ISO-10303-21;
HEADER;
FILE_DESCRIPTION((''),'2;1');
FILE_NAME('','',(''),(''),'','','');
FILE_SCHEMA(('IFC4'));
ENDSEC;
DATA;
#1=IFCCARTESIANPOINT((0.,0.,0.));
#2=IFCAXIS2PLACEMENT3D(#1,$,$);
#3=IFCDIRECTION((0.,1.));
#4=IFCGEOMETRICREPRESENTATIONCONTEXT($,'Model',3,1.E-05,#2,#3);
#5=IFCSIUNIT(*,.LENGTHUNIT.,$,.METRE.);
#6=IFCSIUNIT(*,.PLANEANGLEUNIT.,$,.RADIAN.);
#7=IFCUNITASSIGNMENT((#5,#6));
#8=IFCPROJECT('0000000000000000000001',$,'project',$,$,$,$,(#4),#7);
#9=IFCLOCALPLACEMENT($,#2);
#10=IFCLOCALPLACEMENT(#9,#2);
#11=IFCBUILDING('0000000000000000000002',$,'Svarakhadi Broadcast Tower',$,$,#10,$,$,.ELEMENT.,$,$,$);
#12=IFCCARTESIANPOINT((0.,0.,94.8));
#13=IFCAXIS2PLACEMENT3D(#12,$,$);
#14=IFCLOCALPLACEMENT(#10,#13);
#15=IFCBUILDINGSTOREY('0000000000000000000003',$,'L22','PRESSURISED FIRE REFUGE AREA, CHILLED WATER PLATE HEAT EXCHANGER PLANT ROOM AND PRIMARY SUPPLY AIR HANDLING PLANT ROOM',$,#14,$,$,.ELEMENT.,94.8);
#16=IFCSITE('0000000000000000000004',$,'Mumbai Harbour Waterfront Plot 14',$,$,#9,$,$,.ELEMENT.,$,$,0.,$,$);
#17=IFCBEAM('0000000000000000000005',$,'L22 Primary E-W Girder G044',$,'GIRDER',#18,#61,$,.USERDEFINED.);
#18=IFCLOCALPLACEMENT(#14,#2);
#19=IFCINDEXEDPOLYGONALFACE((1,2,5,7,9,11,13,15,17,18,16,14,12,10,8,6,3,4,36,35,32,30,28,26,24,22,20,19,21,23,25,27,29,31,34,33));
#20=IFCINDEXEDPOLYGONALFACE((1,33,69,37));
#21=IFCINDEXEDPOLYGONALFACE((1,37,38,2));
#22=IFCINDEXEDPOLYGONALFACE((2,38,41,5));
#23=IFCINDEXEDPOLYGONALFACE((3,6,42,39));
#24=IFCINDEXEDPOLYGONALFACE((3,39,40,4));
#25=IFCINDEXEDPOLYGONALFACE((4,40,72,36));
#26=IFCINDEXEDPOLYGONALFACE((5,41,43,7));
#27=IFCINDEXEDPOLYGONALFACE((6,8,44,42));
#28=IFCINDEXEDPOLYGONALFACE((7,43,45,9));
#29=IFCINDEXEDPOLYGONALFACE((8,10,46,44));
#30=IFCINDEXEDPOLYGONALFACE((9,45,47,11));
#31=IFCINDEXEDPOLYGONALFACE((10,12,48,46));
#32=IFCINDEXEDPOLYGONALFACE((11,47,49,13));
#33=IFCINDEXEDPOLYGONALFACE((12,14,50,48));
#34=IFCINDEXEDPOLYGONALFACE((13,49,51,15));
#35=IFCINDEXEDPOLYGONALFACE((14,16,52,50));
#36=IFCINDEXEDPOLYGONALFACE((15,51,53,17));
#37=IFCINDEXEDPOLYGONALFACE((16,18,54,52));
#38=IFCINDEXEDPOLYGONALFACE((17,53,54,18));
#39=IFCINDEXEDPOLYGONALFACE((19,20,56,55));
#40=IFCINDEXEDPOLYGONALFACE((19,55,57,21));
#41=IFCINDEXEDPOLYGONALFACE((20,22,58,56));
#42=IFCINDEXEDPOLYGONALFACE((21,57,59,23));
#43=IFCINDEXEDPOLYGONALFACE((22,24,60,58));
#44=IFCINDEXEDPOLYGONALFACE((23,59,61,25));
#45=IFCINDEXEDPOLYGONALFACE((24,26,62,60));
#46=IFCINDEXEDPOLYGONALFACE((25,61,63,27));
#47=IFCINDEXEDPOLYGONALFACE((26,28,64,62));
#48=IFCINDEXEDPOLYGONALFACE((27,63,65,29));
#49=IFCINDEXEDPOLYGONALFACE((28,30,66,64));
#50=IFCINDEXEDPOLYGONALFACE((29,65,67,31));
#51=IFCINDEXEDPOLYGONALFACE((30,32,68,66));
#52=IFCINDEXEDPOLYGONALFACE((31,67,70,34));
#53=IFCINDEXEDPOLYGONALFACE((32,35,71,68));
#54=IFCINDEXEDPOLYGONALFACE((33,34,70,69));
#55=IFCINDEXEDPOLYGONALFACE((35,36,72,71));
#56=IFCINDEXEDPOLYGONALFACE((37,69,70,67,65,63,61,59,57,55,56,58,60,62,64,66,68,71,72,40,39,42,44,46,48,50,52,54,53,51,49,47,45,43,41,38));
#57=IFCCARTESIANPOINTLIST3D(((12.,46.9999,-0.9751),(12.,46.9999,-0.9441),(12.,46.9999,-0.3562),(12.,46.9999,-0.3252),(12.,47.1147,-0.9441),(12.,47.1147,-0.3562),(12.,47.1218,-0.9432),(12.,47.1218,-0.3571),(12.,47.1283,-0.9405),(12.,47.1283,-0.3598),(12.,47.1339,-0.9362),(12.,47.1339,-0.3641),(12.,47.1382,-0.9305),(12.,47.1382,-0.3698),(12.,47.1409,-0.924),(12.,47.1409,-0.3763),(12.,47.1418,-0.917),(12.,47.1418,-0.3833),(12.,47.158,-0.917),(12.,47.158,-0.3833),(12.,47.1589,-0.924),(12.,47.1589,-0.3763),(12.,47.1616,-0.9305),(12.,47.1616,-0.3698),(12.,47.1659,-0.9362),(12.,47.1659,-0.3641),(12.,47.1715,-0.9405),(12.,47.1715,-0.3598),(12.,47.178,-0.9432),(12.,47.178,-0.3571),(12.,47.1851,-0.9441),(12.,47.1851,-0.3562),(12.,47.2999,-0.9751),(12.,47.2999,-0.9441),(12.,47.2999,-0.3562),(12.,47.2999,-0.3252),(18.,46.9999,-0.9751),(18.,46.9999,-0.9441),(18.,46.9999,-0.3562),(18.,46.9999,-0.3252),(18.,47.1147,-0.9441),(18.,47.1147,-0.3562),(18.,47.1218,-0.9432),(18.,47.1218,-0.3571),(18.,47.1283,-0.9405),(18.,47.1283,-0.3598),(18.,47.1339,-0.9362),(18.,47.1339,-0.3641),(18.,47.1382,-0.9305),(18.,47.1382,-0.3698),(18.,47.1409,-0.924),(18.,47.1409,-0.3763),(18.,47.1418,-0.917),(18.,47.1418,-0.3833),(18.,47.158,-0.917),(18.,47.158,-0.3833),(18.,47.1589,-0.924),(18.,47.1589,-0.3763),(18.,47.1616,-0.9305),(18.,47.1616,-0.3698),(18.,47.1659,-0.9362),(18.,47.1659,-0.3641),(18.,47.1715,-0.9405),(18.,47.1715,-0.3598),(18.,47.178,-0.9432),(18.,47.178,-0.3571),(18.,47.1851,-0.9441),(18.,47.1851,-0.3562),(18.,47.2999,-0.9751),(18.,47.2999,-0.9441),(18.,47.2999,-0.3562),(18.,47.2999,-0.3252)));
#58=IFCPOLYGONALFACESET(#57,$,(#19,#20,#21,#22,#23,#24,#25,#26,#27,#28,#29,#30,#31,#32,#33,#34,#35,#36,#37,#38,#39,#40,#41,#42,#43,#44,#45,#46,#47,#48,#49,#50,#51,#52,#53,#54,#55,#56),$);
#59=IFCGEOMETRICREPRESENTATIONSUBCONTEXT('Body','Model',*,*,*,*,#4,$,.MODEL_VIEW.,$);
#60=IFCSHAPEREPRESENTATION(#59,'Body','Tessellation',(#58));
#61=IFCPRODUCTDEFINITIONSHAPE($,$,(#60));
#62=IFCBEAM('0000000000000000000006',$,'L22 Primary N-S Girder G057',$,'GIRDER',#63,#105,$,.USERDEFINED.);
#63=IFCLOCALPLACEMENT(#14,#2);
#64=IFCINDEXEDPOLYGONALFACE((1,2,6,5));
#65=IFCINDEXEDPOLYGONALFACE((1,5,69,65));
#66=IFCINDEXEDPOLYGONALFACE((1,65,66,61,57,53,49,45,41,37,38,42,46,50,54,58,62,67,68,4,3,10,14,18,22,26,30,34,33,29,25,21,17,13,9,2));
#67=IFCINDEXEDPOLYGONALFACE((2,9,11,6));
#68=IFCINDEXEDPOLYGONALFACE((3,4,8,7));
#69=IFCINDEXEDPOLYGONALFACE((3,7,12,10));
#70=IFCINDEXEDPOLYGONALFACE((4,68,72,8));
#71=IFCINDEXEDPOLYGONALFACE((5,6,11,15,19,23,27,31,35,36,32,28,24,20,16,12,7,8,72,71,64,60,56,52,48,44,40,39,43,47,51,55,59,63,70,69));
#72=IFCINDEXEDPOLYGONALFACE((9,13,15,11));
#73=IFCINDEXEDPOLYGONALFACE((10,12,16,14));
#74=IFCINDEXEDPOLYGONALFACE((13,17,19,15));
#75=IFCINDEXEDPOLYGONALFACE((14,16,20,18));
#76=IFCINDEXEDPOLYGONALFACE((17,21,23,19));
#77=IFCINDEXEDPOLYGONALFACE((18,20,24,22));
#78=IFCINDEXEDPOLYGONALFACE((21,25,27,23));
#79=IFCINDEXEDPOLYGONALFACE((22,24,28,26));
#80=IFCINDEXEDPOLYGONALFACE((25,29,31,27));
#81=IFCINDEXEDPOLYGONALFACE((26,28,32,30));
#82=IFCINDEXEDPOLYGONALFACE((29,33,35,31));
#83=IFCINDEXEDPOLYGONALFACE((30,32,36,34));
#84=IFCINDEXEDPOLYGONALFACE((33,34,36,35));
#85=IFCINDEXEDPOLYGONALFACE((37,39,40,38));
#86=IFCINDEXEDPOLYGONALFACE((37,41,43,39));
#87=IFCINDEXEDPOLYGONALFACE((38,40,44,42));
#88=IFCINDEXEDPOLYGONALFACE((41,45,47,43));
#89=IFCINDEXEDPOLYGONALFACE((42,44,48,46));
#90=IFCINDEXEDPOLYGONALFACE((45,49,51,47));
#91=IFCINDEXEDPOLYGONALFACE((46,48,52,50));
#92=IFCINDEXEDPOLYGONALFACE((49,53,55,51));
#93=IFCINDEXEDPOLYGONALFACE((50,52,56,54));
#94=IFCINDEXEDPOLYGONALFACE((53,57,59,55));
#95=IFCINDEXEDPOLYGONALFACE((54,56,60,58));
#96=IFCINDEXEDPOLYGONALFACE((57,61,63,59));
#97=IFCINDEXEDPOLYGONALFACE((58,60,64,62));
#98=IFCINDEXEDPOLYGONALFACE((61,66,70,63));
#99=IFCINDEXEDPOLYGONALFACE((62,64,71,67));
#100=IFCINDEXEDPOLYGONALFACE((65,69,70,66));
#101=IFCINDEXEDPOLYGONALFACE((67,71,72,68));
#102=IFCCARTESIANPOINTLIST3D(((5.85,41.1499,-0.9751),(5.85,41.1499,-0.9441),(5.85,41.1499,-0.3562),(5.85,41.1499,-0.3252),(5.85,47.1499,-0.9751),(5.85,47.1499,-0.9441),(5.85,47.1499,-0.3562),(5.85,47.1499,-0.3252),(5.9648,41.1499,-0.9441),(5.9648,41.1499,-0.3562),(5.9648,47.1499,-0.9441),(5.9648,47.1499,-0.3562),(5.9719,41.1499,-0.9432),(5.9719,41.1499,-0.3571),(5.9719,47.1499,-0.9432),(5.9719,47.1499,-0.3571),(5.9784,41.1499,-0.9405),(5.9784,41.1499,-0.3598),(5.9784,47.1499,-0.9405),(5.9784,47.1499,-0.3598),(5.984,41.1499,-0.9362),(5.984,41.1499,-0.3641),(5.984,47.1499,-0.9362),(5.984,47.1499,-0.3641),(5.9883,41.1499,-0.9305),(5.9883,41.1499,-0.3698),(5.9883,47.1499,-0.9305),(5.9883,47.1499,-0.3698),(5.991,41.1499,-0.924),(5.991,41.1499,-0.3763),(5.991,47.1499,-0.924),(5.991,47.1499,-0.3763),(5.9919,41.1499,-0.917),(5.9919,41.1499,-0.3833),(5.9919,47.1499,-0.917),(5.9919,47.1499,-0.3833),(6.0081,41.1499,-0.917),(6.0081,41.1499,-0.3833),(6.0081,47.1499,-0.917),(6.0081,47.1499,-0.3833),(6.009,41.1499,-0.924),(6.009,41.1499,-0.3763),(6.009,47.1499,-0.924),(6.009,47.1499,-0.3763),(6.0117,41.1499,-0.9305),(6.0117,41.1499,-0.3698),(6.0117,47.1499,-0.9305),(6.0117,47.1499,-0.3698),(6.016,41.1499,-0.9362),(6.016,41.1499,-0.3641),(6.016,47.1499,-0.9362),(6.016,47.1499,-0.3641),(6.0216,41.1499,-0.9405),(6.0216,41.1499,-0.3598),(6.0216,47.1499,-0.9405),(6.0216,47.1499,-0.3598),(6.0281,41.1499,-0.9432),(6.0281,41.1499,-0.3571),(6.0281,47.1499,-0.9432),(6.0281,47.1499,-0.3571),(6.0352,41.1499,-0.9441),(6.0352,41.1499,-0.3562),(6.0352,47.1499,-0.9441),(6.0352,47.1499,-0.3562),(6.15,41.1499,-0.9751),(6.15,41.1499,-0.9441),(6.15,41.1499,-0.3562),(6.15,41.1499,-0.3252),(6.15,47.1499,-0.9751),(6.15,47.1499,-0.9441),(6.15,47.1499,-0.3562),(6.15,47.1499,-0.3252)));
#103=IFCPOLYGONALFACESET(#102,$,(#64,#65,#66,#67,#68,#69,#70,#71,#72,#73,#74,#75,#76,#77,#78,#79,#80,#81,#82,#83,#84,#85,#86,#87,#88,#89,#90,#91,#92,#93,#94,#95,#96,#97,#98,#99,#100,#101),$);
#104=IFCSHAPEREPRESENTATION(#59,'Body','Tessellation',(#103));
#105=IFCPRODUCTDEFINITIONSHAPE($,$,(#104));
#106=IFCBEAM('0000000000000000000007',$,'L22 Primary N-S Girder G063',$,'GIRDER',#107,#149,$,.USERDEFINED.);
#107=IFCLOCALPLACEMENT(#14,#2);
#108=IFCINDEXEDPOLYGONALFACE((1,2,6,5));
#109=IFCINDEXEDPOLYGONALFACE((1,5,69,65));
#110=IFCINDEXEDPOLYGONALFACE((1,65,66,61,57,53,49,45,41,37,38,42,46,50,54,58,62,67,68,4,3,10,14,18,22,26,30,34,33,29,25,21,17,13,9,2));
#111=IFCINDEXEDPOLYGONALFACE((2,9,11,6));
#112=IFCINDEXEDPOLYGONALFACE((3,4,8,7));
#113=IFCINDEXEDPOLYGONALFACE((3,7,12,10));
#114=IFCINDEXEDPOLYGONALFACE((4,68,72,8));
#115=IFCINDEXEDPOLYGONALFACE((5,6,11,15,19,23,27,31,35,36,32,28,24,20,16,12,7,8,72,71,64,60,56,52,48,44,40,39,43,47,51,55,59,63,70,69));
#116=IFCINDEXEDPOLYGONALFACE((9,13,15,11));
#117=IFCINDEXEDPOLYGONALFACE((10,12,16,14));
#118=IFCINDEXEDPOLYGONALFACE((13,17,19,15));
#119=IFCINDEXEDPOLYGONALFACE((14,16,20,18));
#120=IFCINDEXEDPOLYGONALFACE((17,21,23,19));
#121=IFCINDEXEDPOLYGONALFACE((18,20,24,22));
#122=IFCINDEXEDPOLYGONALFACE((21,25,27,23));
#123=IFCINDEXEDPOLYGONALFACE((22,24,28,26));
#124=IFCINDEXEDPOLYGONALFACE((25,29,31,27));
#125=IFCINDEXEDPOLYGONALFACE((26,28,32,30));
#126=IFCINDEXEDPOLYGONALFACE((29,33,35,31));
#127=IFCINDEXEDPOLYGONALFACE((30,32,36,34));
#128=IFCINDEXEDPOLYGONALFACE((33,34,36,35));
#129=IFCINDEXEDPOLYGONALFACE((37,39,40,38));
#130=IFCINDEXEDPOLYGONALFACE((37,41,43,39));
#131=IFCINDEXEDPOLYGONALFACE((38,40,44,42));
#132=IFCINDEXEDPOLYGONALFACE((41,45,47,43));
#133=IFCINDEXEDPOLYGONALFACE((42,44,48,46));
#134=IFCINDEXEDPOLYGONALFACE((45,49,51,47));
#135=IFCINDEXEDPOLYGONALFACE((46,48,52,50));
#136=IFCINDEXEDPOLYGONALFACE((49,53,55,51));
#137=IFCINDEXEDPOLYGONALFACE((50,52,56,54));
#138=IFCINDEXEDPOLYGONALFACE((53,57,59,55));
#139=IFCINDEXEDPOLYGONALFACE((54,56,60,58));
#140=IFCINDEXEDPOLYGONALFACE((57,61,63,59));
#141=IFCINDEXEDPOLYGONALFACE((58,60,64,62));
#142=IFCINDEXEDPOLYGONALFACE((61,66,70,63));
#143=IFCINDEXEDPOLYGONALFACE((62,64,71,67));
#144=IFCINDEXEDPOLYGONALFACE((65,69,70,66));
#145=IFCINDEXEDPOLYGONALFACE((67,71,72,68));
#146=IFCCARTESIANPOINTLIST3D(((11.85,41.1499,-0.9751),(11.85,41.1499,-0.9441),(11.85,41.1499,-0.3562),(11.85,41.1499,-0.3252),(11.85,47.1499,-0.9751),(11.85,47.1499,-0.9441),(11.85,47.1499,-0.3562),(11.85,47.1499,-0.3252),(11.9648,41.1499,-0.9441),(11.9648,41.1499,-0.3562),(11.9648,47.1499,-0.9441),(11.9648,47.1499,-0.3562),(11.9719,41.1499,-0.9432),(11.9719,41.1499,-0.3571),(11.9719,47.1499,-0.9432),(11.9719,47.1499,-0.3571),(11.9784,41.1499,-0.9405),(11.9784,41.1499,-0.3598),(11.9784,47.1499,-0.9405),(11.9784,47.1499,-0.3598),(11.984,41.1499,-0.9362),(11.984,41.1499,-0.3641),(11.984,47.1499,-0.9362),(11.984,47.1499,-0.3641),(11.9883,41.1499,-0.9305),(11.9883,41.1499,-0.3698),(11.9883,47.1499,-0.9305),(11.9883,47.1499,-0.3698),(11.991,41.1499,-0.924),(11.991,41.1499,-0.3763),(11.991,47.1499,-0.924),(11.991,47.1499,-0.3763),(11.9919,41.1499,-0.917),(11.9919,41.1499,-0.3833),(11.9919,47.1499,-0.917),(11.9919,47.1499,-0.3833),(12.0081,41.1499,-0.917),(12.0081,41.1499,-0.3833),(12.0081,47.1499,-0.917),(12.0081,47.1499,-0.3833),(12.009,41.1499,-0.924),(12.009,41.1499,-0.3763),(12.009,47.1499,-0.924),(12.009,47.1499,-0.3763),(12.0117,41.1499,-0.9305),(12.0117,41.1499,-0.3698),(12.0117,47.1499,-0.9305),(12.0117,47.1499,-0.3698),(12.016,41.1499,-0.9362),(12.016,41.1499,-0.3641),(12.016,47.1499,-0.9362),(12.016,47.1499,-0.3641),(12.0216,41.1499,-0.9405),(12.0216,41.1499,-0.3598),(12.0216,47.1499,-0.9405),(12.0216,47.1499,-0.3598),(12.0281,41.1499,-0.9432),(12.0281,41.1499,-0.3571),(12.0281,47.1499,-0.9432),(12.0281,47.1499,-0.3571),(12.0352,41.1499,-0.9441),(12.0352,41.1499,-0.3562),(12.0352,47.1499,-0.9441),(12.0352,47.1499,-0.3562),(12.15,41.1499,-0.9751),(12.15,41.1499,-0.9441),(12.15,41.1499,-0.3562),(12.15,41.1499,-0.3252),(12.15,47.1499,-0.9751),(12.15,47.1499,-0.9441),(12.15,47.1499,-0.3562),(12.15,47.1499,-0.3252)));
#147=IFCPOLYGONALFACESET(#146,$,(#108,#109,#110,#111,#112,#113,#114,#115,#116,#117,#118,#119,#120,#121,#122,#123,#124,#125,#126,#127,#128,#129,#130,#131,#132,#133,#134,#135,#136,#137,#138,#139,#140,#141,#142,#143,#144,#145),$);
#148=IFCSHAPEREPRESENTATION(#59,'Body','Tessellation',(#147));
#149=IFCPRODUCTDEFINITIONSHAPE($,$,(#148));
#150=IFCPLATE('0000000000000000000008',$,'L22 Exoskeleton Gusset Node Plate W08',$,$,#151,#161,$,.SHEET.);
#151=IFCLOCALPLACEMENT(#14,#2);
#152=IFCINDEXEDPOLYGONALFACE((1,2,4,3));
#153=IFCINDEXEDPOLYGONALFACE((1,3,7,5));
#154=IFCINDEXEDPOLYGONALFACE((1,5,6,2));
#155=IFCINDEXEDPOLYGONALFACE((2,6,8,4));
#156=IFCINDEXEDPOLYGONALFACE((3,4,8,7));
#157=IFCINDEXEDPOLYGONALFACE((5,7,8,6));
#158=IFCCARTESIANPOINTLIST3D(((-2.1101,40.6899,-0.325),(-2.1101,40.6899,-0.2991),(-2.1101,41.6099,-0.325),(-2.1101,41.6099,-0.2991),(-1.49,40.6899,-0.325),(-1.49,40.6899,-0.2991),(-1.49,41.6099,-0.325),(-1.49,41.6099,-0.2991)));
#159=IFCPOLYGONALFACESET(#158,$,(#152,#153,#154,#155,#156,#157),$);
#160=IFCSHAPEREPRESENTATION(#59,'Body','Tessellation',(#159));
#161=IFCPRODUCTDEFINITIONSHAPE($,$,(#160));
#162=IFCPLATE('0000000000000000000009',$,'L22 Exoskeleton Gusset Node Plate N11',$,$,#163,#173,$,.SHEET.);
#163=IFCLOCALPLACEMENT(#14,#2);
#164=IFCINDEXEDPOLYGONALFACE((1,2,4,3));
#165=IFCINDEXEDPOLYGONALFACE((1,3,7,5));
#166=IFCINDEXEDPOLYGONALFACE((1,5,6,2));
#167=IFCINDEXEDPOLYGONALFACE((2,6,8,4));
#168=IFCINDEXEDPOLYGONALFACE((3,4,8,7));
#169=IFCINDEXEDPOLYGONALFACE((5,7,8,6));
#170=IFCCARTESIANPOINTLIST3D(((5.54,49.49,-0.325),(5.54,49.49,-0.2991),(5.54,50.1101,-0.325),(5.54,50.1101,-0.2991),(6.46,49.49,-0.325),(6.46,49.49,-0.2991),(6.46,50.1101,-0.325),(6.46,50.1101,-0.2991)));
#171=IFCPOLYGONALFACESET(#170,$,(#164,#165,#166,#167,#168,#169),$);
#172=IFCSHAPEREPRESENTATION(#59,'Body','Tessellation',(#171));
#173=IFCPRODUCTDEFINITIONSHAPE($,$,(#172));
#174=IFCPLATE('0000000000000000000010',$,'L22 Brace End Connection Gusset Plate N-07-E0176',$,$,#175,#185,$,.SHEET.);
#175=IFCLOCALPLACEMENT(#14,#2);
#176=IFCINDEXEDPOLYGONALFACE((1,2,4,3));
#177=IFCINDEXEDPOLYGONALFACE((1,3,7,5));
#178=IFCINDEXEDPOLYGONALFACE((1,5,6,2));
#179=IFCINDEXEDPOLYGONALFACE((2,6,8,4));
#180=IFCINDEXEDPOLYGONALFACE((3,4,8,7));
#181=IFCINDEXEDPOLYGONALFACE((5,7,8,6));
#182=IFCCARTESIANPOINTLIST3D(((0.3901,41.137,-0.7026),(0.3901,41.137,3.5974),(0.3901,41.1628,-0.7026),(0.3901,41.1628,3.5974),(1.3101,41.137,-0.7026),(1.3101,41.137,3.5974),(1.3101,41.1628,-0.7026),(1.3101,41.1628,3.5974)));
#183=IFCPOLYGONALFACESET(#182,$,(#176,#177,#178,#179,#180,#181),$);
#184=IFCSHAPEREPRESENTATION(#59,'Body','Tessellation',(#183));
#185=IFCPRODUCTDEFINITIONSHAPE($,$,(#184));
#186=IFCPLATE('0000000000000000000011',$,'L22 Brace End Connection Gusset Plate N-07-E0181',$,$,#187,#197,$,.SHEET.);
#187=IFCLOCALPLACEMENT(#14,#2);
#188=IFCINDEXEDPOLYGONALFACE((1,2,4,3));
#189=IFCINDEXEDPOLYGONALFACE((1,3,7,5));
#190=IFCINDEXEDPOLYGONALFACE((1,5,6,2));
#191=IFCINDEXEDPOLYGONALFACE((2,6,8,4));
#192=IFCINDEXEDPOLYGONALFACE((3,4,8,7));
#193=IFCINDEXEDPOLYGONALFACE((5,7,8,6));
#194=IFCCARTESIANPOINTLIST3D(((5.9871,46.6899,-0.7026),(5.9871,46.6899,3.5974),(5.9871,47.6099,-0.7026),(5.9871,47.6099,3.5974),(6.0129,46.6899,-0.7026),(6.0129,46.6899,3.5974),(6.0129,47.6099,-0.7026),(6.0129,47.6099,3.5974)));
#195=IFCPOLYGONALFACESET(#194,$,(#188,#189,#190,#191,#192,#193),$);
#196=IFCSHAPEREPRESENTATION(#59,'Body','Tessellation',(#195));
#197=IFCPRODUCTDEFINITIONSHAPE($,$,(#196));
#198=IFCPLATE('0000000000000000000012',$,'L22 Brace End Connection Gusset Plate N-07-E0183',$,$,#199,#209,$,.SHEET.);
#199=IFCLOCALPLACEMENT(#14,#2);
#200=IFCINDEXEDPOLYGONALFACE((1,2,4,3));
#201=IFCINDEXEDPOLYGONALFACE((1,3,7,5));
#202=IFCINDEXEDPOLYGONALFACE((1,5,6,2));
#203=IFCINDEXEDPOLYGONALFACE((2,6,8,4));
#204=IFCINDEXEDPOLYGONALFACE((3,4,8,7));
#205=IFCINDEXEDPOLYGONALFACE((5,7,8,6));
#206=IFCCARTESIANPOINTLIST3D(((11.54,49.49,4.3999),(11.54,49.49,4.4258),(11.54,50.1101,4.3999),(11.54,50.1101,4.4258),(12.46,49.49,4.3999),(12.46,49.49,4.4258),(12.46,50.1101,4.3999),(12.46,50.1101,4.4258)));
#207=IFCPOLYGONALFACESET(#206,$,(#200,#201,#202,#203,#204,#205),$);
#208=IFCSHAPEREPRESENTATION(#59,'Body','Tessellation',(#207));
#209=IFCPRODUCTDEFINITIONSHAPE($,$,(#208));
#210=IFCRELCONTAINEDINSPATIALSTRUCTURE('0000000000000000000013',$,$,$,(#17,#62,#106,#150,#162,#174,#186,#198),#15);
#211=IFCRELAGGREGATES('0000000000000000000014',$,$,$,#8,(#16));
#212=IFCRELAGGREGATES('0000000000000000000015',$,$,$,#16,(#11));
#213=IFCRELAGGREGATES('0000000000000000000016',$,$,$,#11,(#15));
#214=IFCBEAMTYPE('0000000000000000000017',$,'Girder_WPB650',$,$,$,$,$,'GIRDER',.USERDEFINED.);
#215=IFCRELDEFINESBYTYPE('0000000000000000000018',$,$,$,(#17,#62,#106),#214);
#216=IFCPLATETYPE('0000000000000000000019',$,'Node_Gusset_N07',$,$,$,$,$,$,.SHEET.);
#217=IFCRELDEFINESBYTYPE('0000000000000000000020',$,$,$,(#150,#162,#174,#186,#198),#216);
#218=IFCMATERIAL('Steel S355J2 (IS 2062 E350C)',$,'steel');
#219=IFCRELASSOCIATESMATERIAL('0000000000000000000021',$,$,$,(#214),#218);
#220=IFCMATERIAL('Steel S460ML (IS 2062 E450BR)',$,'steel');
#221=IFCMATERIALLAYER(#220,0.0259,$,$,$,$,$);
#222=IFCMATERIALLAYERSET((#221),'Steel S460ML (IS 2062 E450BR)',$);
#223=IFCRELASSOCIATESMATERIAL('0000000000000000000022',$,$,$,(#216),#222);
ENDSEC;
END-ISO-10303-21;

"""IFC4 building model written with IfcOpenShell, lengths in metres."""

from ifc_helpers import new_model, si_unit, direction, frame, origin, origin_2d, place, context, subcontext, project, spatial, rectangle, i_section, extrude, material, layer, layer_set, material_profile, profile_set, type_object, element, save


model = new_model("IFC4")

# Units and contexts
model_context = context("Model", 3, precision=1e-05, world=origin(), true_north=direction((0.0, 1.0)))
body_context = subcontext(model_context, "Body", "Model", "MODEL_VIEW")
ifc_project = project(units=[si_unit("LENGTHUNIT", "METRE"), si_unit("PLANEANGLEUNIT", "RADIAN")], contexts=[model_context])

# Site, building, storey
site_placement = place(None, origin())
site = spatial("IfcSite", under=ifc_project, at=site_placement, Name="Mumbai Harbour Waterfront Plot 14", CompositionType="ELEMENT", RefElevation=0.0)
building_placement = place(site_placement, origin())
building = spatial("IfcBuilding", under=site, at=building_placement, Name="Svarakhadi Broadcast Tower", CompositionType="ELEMENT")
storey_placement = place(building_placement, frame((0.0, 0.0, 94.8)))
storey = spatial("IfcBuildingStorey", under=building, at=storey_placement, Name="L22", Description="PRESSURISED FIRE REFUGE AREA, CHILLED WATER PLATE HEAT EXCHANGER PLANT ROOM AND PRIMARY SUPPLY AIR HANDLING PLANT ROOM", CompositionType="ELEMENT", Elevation=94.8)

# Shared definitions
ifc_material_1 = material(Name="Steel S460ML (IS 2062 E450BR)", Category="steel")

# Shared definitions
ifc_material_2 = material(Name="Steel S355J2 (IS 2062 E350C)", Category="steel")

# Beams
ifc_material_profile_1 = material_profile(ifc_material_2, i_section(OverallWidth=0.3, OverallDepth=0.6499, WebThickness=0.0161, FlangeThickness=0.031, FilletRadius=0.0271, at=origin_2d()), Name="WPB 650x300x225")
ifc_profile_set_1 = profile_set([ifc_material_profile_1], Name="Steel S355J2 (IS 2062 E350C)")
beam_type_1 = type_object("IfcBeamType", Name="Girder_WPB650", ElementType="GIRDER", PredefinedType="USERDEFINED", material=ifc_profile_set_1)
for number, where, z_axis, x_axis, name in (
    (1, (12.0, 47.1499, -0.6501), (1.0, 0.0, 0.0), (0.0, 1.0, 0.0), "L22 Primary E-W Girder G044"),
    (2, (6.0, 41.1499, -0.6501), (0.0, 1.0, 0.0), (-1.0, 0.0, 0.0), "L22 Primary N-S Girder G057"),
    (3, (12.0, 41.1499, -0.6501), (0.0, 1.0, 0.0), (-1.0, 0.0, 0.0), "L22 Primary N-S Girder G063"),
):
    element("IfcBeam", number, at=place(storey_placement, frame(where, z_axis=z_axis, x_axis=x_axis)), inside=storey, type_object=beam_type_1, Name=name, ObjectType="GIRDER", PredefinedType="USERDEFINED", context=body_context, shape_type="SweptSolid", body=[
        extrude(i_section(OverallWidth=0.3, OverallDepth=0.6499, WebThickness=0.0161, FlangeThickness=0.031, FilletRadius=0.0271, at=origin_2d()), origin(), (0.0, 0.0, 1.0), 6.0),
    ])

# Plates
ifc_layer_1 = layer(ifc_material_1, 0.0259)
ifc_layer_set_1 = layer_set([ifc_layer_1], Name="Steel S460ML (IS 2062 E450BR)")
plate_type = type_object("IfcPlateType", Name="Node_Gusset_N07", PredefinedType="SHEET", material=ifc_layer_set_1)
for number, where, z_axis, x_axis, name in (
    (4, (-1.8, 41.1499, -0.325), (0.0, 0.0, 1.0), (0.0, 1.0, 0.0), "L22 Exoskeleton Gusset Node Plate W08"),
    (5, (6.0, 49.8, -0.325), (0.0, 0.0, 1.0), (1.0, 0.0, 0.0), "L22 Exoskeleton Gusset Node Plate N11"),
):
    element("IfcPlate", number, at=place(storey_placement, frame(where, z_axis=z_axis, x_axis=x_axis)), inside=storey, type_object=plate_type, Name=name, PredefinedType="SHEET", context=body_context, shape_type="SweptSolid", body=[
        extrude(rectangle(XDim=0.9199, YDim=0.6201, at=origin_2d()), origin(), (0.0, 0.0, 1.0), 0.0259),
    ])
for number, where, z_axis, x_axis, name in (
    (6, (0.8501, 41.1499, -0.7026), (0.0, 0.0, 1.0), (1.0, 0.0, 0.0), "L22 Brace End Connection Gusset Plate N-07-E0176"),
    (7, (6.0, 47.1499, -0.7026), (0.0, 0.0, 1.0), (0.0, 1.0, 0.0), "L22 Brace End Connection Gusset Plate N-07-E0181"),
):
    element("IfcPlate", number, at=place(storey_placement, frame(where, z_axis=z_axis, x_axis=x_axis)), inside=storey, type_object=plate_type, Name=name, PredefinedType="SHEET", context=body_context, shape_type="SweptSolid", body=[
        extrude(rectangle(XDim=0.9199, YDim=0.0259, at=origin_2d()), origin(), (0.0, 0.0, 1.0), 4.3),
    ])
for number, where, z_axis, x_axis, name in (
    (8, (12.0, 49.8, 4.3999), (0.0, 0.0, 1.0), (1.0, 0.0, 0.0), "L22 Brace End Connection Gusset Plate N-07-E0183"),
):
    element("IfcPlate", number, at=place(storey_placement, frame(where, z_axis=z_axis, x_axis=x_axis)), inside=storey, type_object=plate_type, Name=name, PredefinedType="SHEET", context=body_context, shape_type="SweptSolid", body=[
        extrude(rectangle(XDim=0.9199, YDim=0.6201, at=origin_2d()), origin(), (0.0, 0.0, 1.0), 0.0259),
    ])

save(model, "model.ifc")
